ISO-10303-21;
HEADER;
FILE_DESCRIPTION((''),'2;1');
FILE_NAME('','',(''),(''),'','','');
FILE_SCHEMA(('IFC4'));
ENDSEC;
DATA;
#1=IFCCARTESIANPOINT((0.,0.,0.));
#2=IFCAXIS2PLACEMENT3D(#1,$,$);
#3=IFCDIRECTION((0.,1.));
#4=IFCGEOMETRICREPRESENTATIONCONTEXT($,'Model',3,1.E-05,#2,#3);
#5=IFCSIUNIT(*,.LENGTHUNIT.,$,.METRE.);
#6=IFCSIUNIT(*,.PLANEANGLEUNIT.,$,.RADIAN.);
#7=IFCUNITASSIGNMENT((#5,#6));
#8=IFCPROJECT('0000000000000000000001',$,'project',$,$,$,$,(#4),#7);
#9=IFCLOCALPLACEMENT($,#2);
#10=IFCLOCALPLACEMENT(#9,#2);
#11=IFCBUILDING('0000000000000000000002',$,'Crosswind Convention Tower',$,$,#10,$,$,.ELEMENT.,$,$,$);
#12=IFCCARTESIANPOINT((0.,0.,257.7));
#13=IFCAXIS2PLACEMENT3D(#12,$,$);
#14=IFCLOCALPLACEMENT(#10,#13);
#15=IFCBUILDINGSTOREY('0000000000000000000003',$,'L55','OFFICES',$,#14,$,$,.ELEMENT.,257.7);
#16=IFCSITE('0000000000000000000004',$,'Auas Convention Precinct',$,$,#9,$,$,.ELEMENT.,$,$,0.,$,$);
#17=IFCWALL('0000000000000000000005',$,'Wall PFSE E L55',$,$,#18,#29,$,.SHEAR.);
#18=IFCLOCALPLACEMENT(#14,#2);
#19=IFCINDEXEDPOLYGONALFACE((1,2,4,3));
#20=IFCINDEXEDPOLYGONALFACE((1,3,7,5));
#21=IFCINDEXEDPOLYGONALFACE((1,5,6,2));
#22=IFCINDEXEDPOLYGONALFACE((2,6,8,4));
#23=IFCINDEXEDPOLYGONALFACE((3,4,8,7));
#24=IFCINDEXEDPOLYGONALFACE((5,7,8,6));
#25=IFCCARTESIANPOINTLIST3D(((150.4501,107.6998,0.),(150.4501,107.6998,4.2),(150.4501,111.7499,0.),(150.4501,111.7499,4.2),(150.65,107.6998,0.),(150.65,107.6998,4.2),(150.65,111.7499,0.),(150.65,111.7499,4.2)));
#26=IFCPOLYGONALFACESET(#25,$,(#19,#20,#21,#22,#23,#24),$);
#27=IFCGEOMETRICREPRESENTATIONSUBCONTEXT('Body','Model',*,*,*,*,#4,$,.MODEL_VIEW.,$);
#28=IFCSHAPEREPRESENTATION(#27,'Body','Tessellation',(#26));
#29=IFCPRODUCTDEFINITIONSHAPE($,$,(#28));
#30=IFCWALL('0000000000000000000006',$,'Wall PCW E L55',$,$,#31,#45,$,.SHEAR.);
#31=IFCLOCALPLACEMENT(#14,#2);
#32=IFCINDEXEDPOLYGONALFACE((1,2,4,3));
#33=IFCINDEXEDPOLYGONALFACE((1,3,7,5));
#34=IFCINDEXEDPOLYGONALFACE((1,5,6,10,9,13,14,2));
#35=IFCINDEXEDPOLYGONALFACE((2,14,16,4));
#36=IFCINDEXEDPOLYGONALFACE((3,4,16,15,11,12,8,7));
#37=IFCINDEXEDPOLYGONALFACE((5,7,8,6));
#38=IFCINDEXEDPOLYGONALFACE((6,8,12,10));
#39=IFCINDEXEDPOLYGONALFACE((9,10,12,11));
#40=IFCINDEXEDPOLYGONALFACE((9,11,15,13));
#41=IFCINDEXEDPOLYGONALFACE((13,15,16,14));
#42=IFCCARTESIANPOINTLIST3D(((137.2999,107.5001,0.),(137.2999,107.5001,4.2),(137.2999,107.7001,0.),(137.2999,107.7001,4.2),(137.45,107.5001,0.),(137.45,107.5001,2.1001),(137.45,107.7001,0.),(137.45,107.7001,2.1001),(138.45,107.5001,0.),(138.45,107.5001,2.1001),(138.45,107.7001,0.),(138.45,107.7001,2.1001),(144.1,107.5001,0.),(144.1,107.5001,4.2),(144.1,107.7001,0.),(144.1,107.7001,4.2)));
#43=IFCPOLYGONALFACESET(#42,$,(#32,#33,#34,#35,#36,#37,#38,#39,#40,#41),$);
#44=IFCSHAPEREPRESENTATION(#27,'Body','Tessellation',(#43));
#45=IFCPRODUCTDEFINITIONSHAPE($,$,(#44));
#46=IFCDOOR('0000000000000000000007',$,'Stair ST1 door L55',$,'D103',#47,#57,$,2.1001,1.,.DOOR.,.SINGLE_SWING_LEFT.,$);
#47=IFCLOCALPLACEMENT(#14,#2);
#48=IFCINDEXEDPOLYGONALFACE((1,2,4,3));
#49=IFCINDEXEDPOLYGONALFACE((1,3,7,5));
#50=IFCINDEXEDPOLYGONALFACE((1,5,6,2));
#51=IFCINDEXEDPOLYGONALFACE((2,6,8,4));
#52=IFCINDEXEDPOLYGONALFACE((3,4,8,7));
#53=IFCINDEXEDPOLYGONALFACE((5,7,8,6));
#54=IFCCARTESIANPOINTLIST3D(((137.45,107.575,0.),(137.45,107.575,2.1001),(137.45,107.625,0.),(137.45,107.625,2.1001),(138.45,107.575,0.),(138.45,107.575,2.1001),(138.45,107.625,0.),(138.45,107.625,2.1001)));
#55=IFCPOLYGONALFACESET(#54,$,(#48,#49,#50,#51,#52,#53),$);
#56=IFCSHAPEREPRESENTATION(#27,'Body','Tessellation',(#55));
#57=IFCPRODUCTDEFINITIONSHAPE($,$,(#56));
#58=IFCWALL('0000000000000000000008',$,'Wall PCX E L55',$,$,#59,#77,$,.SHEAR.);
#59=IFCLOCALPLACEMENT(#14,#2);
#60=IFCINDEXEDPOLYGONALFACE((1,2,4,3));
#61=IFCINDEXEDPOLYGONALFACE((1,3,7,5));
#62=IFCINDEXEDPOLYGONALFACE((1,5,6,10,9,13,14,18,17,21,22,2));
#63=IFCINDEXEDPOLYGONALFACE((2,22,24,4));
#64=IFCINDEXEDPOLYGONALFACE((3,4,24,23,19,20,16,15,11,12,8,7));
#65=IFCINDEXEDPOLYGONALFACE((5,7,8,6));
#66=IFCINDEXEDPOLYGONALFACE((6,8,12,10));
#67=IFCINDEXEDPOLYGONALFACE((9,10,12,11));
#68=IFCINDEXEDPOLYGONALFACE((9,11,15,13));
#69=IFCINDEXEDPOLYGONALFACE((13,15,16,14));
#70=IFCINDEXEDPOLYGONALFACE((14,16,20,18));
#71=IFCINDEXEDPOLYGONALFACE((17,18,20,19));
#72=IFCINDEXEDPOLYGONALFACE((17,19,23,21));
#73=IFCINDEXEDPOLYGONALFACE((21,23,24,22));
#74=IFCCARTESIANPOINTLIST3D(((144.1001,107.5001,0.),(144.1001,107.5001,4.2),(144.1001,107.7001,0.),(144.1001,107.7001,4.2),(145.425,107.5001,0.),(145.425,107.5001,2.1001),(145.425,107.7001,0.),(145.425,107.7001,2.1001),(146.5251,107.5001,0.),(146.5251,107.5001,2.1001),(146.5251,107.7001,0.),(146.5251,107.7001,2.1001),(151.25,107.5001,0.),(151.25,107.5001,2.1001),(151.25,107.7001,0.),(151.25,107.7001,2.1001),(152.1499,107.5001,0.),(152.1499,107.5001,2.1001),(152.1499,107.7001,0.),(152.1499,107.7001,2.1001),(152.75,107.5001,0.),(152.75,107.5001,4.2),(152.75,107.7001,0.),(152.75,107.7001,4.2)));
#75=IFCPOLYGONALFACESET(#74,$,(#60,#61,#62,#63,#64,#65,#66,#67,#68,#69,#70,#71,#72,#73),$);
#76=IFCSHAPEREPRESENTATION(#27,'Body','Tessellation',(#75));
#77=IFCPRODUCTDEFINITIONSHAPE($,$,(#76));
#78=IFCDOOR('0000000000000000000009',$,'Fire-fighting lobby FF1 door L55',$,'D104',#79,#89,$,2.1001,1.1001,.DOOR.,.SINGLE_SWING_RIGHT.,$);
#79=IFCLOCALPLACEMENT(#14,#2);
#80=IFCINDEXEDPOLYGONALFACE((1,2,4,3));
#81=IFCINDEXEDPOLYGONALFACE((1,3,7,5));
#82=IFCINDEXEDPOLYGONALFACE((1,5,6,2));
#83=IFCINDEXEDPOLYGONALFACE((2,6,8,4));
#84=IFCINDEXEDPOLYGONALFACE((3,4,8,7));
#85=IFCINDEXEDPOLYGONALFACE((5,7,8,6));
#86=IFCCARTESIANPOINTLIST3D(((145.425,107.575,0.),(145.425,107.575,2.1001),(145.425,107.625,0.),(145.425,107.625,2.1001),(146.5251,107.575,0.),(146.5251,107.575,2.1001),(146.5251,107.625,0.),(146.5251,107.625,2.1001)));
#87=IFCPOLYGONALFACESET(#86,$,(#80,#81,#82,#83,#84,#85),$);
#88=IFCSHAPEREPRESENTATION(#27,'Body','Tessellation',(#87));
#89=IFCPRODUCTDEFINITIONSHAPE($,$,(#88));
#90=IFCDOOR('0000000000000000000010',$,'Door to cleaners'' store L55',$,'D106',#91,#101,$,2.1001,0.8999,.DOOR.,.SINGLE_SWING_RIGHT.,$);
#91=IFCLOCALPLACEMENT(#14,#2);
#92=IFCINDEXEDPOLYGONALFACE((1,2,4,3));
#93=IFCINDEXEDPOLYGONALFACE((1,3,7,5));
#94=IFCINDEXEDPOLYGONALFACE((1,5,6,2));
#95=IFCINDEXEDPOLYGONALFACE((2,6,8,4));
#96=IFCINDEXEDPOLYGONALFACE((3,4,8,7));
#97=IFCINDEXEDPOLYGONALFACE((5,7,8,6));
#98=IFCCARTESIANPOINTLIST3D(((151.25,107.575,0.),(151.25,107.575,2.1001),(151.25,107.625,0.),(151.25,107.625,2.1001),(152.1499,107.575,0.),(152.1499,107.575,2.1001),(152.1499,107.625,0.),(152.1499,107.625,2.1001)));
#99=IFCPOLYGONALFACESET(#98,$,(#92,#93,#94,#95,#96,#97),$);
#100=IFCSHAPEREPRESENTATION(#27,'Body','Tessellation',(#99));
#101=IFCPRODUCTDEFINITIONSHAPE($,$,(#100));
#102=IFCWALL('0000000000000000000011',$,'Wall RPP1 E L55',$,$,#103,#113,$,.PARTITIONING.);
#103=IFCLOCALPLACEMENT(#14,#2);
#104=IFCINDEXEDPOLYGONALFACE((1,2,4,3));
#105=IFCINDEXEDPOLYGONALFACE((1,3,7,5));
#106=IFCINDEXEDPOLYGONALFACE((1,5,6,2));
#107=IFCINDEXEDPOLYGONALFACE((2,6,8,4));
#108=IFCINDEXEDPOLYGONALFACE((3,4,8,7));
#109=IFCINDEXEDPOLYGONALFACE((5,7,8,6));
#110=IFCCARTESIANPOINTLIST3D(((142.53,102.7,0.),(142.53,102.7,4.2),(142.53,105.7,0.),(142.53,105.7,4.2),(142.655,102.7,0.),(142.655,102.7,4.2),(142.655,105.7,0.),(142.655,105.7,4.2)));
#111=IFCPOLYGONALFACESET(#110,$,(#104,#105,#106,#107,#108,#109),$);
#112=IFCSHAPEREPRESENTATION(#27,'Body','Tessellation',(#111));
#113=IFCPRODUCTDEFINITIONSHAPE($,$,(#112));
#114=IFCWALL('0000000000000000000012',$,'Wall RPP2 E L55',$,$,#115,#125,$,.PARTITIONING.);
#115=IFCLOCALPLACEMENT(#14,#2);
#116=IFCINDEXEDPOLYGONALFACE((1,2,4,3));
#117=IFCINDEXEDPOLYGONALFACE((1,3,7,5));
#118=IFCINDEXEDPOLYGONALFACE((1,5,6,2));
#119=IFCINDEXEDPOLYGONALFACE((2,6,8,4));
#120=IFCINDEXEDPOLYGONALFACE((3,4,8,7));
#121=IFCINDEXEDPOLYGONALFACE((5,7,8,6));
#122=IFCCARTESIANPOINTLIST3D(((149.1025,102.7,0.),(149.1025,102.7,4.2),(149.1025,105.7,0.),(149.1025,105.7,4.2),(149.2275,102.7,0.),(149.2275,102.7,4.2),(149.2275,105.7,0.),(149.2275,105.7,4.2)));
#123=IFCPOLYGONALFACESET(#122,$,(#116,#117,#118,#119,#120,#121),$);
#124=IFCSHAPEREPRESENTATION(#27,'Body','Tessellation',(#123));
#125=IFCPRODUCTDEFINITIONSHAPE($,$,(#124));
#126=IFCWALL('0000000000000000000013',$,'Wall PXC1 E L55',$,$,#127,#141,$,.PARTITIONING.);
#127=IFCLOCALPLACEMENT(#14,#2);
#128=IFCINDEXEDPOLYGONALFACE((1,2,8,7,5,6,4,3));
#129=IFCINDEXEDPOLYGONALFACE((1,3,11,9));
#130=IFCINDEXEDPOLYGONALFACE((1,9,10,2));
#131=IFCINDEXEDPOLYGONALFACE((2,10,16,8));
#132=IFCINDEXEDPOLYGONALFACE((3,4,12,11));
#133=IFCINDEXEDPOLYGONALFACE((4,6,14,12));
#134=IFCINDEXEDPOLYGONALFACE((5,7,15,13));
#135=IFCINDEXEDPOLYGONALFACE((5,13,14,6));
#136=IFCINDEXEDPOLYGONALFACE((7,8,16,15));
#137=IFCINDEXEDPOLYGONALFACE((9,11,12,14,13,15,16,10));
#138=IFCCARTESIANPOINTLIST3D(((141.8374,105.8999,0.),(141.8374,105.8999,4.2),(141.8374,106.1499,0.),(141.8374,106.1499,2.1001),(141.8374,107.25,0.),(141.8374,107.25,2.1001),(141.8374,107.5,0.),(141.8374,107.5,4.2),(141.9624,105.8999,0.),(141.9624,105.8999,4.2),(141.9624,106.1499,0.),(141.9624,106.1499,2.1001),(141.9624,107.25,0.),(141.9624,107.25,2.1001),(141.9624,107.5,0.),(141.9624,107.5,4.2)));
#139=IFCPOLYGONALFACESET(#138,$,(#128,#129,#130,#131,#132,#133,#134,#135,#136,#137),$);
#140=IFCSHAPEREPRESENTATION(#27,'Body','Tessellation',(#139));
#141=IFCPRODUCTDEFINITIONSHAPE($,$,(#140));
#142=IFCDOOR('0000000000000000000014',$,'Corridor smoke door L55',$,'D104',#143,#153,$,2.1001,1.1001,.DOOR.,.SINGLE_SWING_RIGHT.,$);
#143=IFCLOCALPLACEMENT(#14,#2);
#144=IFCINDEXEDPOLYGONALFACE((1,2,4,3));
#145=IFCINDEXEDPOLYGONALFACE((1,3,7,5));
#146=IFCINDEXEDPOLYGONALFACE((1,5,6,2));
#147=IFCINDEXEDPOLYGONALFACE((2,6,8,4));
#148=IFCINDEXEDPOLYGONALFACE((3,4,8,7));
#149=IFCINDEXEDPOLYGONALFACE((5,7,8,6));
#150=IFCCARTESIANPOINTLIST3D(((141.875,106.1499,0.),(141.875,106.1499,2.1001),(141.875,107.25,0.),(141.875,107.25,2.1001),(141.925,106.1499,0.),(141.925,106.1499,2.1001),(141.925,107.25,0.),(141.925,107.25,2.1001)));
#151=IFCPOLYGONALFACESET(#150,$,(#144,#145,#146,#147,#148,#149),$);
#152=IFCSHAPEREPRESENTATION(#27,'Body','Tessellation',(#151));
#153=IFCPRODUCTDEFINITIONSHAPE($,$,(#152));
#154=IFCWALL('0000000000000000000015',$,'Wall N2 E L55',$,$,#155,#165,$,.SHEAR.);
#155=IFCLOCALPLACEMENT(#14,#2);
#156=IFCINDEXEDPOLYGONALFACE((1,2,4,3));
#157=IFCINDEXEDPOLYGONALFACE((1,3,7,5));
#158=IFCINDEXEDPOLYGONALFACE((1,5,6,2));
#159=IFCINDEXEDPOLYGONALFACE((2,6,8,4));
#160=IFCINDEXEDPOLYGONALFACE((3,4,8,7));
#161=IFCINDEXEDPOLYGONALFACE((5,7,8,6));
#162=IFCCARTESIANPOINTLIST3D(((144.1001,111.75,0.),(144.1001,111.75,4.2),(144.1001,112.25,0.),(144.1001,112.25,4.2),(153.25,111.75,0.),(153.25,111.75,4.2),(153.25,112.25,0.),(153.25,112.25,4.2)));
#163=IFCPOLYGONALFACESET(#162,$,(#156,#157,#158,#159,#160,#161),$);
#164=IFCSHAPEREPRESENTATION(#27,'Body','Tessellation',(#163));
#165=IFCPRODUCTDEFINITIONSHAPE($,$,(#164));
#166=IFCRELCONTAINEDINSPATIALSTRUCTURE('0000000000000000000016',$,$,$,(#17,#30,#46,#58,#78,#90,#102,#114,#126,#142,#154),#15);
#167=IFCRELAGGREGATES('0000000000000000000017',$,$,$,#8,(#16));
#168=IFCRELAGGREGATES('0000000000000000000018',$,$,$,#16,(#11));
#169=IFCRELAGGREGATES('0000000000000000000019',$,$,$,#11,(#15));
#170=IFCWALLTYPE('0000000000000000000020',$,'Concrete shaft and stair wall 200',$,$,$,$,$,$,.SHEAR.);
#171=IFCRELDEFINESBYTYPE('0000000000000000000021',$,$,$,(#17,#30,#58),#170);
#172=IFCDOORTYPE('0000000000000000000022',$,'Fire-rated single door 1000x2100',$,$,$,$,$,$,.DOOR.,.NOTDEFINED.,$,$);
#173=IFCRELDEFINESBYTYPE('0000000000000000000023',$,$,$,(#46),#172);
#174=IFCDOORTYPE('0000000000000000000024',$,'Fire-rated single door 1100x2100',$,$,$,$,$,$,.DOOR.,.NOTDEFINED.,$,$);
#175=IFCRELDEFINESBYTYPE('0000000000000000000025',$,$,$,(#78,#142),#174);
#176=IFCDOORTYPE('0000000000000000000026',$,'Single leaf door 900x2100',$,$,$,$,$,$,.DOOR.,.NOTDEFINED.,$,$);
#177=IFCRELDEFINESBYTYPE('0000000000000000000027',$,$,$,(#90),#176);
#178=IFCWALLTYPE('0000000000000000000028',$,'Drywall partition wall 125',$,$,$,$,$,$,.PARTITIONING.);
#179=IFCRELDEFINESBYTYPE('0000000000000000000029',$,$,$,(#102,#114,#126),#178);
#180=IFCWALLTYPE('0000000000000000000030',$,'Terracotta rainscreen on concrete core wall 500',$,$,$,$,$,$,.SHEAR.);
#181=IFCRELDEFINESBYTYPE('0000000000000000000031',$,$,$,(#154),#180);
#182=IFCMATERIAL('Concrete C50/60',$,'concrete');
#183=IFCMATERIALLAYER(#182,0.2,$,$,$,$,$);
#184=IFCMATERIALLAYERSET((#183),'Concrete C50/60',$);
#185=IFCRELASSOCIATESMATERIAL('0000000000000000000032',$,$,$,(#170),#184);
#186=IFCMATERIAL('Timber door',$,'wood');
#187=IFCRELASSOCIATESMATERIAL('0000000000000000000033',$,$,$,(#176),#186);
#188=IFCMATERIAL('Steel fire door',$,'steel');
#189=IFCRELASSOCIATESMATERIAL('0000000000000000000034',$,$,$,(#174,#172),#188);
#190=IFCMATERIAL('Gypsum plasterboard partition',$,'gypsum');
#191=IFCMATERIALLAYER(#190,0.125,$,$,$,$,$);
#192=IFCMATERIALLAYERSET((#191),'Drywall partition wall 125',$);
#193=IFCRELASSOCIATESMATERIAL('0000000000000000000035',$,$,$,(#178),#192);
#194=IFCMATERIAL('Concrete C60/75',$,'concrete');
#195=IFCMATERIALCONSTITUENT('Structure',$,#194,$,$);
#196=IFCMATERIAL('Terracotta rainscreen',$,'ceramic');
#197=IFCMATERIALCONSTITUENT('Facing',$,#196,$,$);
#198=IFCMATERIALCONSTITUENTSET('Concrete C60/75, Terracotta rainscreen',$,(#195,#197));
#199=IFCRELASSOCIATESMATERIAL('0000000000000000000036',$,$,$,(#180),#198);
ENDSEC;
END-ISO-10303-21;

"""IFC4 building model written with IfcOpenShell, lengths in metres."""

from ifc_helpers import new_model, si_unit, direction, frame, frame_2d, origin, place, context, subcontext, project, spatial, rectangle, extrude, material, layer, layer_set, constituent, constituent_set, type_object, element, fill, save


model = new_model("IFC4")

# Units and contexts
model_context = context("Model", 3, precision=1e-05, world=origin(), true_north=direction((0.0, 1.0)))
body_context = subcontext(model_context, "Body", "Model", "MODEL_VIEW")
ifc_project = project(units=[si_unit("LENGTHUNIT", "METRE"), si_unit("PLANEANGLEUNIT", "RADIAN")], contexts=[model_context])

# Site, building, storey
site_placement = place(None, origin())
site = spatial("IfcSite", under=ifc_project, at=site_placement, Name="Auas Convention Precinct", CompositionType="ELEMENT", RefElevation=0.0)
building_placement = place(site_placement, origin())
building = spatial("IfcBuilding", under=site, at=building_placement, Name="Crosswind Convention Tower", CompositionType="ELEMENT")
storey_placement = place(building_placement, frame((0.0, 0.0, 257.7)))
storey = spatial("IfcBuildingStorey", under=building, at=storey_placement, Name="L55", Description="OFFICES", CompositionType="ELEMENT", Elevation=257.7)

# Shared definitions
ifc_material_1 = material(Name="Concrete C50/60", Category="concrete")
ifc_layer_1 = layer(ifc_material_1, 0.2)
ifc_layer_set_1 = layer_set([ifc_layer_1], Name="Concrete C50/60")
wall_type_1 = type_object("IfcWallType", Name="Concrete shaft and stair wall 200", PredefinedType="SHEAR", material=ifc_layer_set_1)

# Shared definitions
ifc_material_2 = material(Name="Timber door", Category="wood")
door_type_1 = type_object("IfcDoorType", Name="Single leaf door 900x2100", OperationType="NOTDEFINED", PredefinedType="DOOR", material=ifc_material_2)

# Shared definitions
ifc_material_3 = material(Name="Steel fire door", Category="steel")
door_type_2 = type_object("IfcDoorType", Name="Fire-rated single door 1100x2100", OperationType="NOTDEFINED", PredefinedType="DOOR", material=ifc_material_3)

# Wall
wall_1_placement = place(storey_placement, frame((150.55, 107.7, 0.0), z_axis=(0.0, 0.0, 1.0), x_axis=(0.0, 1.0, 0.0)))
element("IfcWall", 1, at=wall_1_placement, inside=storey, type_object=wall_type_1, Name="Wall PFSE E L55", PredefinedType="SHEAR", context=body_context, shape_type="SweptSolid", body=[
    extrude(rectangle(XDim=4.05, YDim=0.2, at=frame_2d((2.0249, 0.0))), origin(), (0.0, 0.0, 1.0), 4.2),
])

# Wall, opening, door
wall_2_placement = place(storey_placement, frame((137.3, 107.6001, 0.0), z_axis=(0.0, 0.0, 1.0), x_axis=(1.0, 0.0, 0.0)))
wall_2 = element("IfcWall", 2, at=wall_2_placement, inside=storey, type_object=wall_type_1, Name="Wall PCW E L55", PredefinedType="SHEAR", context=body_context, shape_type="SweptSolid", body=[
    extrude(rectangle(XDim=6.8, YDim=0.2, at=frame_2d((3.3999, 0.0))), origin(), (0.0, 0.0, 1.0), 4.2),
])
opening_1_placement = place(wall_2_placement, frame((0.1499, 0.0, 0.0)))
opening_1 = element("IfcOpeningElement", 3, at=opening_1_placement, cuts=wall_2, PredefinedType="OPENING", context=body_context, shape_type="SweptSolid", body=[
    extrude(rectangle(XDim=1.0, YDim=2.1001, at=frame_2d((0.5, 1.05))), frame((0.0, 0.1099, 0.0), z_axis=(0.0, -1.0, 0.0), x_axis=(1.0, 0.0, 0.0)), (0.0, 0.0, 1.0), 0.22),
])
door_type_3 = type_object("IfcDoorType", Name="Fire-rated single door 1000x2100", OperationType="NOTDEFINED", PredefinedType="DOOR", material=ifc_material_3)
door_1_placement = place(opening_1_placement, origin())
door_1 = element("IfcDoor", 4, at=door_1_placement, inside=storey, type_object=door_type_3, Name="Stair ST1 door L55", ObjectType="D103", OperationType="SINGLE_SWING_LEFT", OverallHeight=2.1001, OverallWidth=1.0, PredefinedType="DOOR", context=body_context, shape_type="SweptSolid", body=[
    extrude(rectangle(XDim=1.0, YDim=2.1001, at=frame_2d((0.5, 1.05))), frame((0.0, 0.0249, 0.0), z_axis=(0.0, -1.0, 0.0), x_axis=(1.0, 0.0, 0.0)), (0.0, 0.0, 1.0), 0.05),
])
fill(opening_1, door_1)

# Wall, openings, doors
wall_3_placement = place(storey_placement, frame((144.1001, 107.6001, 0.0), z_axis=(0.0, 0.0, 1.0), x_axis=(1.0, 0.0, 0.0)))
wall_3 = element("IfcWall", 5, at=wall_3_placement, inside=storey, type_object=wall_type_1, Name="Wall PCX E L55", PredefinedType="SHEAR", context=body_context, shape_type="SweptSolid", body=[
    extrude(rectangle(XDim=8.6499, YDim=0.2, at=frame_2d((4.325, 0.0))), origin(), (0.0, 0.0, 1.0), 4.2),
])
opening_2_placement = place(wall_3_placement, frame((1.325, 0.0, 0.0)))
opening_2 = element("IfcOpeningElement", 6, at=opening_2_placement, cuts=wall_3, PredefinedType="OPENING", context=body_context, shape_type="SweptSolid", body=[
    extrude(rectangle(XDim=1.1001, YDim=2.1001, at=frame_2d((0.55, 1.05))), frame((0.0, 0.1099, 0.0), z_axis=(0.0, -1.0, 0.0), x_axis=(1.0, 0.0, 0.0)), (0.0, 0.0, 1.0), 0.22),
])
opening_3_placement = place(wall_3_placement, frame((7.1499, 0.0, 0.0)))
opening_3 = element("IfcOpeningElement", 7, at=opening_3_placement, cuts=wall_3, PredefinedType="OPENING", context=body_context, shape_type="SweptSolid", body=[
    extrude(rectangle(XDim=0.8999, YDim=2.1001, at=frame_2d((0.45, 1.05))), frame((0.0, 0.1099, 0.0), z_axis=(0.0, -1.0, 0.0), x_axis=(1.0, 0.0, 0.0)), (0.0, 0.0, 1.0), 0.22),
])
door_2_placement = place(opening_2_placement, origin())
door_2 = element("IfcDoor", 8, at=door_2_placement, inside=storey, type_object=door_type_2, Name="Fire-fighting lobby FF1 door L55", ObjectType="D104", OperationType="SINGLE_SWING_RIGHT", OverallHeight=2.1001, OverallWidth=1.1001, PredefinedType="DOOR", context=body_context, shape_type="SweptSolid", body=[
    extrude(rectangle(XDim=1.1001, YDim=2.1001, at=frame_2d((0.55, 1.05))), frame((0.0, 0.0249, 0.0), z_axis=(0.0, -1.0, 0.0), x_axis=(1.0, 0.0, 0.0)), (0.0, 0.0, 1.0), 0.05),
])
fill(opening_2, door_2)
door_3_placement = place(opening_3_placement, origin())
door_3 = element("IfcDoor", 9, at=door_3_placement, inside=storey, type_object=door_type_1, Name="Door to cleaners' store L55", ObjectType="D106", OperationType="SINGLE_SWING_RIGHT", OverallHeight=2.1001, OverallWidth=0.8999, PredefinedType="DOOR", context=body_context, shape_type="SweptSolid", body=[
    extrude(rectangle(XDim=0.8999, YDim=2.1001, at=frame_2d((0.45, 1.05))), frame((0.0, 0.0249, 0.0), z_axis=(0.0, -1.0, 0.0), x_axis=(1.0, 0.0, 0.0)), (0.0, 0.0, 1.0), 0.05),
])
fill(opening_3, door_3)

# Walls
ifc_material_4 = material(Name="Gypsum plasterboard partition", Category="gypsum")
ifc_layer_2 = layer(ifc_material_4, 0.125)
ifc_layer_set_2 = layer_set([ifc_layer_2], Name="Drywall partition wall 125")
wall_type_2 = type_object("IfcWallType", Name="Drywall partition wall 125", PredefinedType="PARTITIONING", material=ifc_layer_set_2)
for number, where, z_axis, x_axis, name in (
    (10, (142.5925, 102.7, 0.0), (0.0, 0.0, 1.0), (0.0, 1.0, 0.0), "Wall RPP1 E L55"),
    (11, (149.165, 102.7, 0.0), (0.0, 0.0, 1.0), (0.0, 1.0, 0.0), "Wall RPP2 E L55"),
):
    element("IfcWall", number, at=place(storey_placement, frame(where, z_axis=z_axis, x_axis=x_axis)), inside=storey, type_object=wall_type_2, Name=name, PredefinedType="PARTITIONING", context=body_context, shape_type="SweptSolid", body=[
        extrude(rectangle(XDim=3.0, YDim=0.125, at=frame_2d((1.5, 0.0))), origin(), (0.0, 0.0, 1.0), 4.2),
    ])

# Wall, opening, door
wall_4_placement = place(storey_placement, frame((141.8999, 105.8999, 0.0), z_axis=(0.0, 0.0, 1.0), x_axis=(0.0, 1.0, 0.0)))
wall_4 = element("IfcWall", 12, at=wall_4_placement, inside=storey, type_object=wall_type_2, Name="Wall PXC1 E L55", PredefinedType="PARTITIONING", context=body_context, shape_type="SweptSolid", body=[
    extrude(rectangle(XDim=1.6001, YDim=0.125, at=frame_2d((0.8, 0.0))), origin(), (0.0, 0.0, 1.0), 4.2),
])
opening_4_placement = place(wall_4_placement, frame((0.25, 0.0, 0.0)))
opening_4 = element("IfcOpeningElement", 13, at=opening_4_placement, cuts=wall_4, PredefinedType="OPENING", context=body_context, shape_type="SweptSolid", body=[
    extrude(rectangle(XDim=1.1001, YDim=2.1001, at=frame_2d((0.55, 1.05))), frame((0.0, 0.0725, 0.0), z_axis=(0.0, -1.0, 0.0), x_axis=(1.0, 0.0, 0.0)), (0.0, 0.0, 1.0), 0.145),
])
door_4_placement = place(opening_4_placement, origin())
door_4 = element("IfcDoor", 14, at=door_4_placement, inside=storey, type_object=door_type_2, Name="Corridor smoke door L55", ObjectType="D104", OperationType="SINGLE_SWING_RIGHT", OverallHeight=2.1001, OverallWidth=1.1001, PredefinedType="DOOR", context=body_context, shape_type="SweptSolid", body=[
    extrude(rectangle(XDim=1.1001, YDim=2.1001, at=frame_2d((0.55, 1.05))), frame((0.0, 0.0249, 0.0), z_axis=(0.0, -1.0, 0.0), x_axis=(1.0, 0.0, 0.0)), (0.0, 0.0, 1.0), 0.05),
])
fill(opening_4, door_4)

# Wall
ifc_material_5 = material(Name="Concrete C60/75", Category="concrete")
ifc_constituent_1 = constituent(ifc_material_5, Name="Structure")
ifc_material_6 = material(Name="Terracotta rainscreen", Category="ceramic")
ifc_constituent_2 = constituent(ifc_material_6, Name="Facing")
ifc_constituent_set = constituent_set(constituents=[ifc_constituent_1, ifc_constituent_2], Name="Concrete C60/75, Terracotta rainscreen")
wall_type_3 = type_object("IfcWallType", Name="Terracotta rainscreen on concrete core wall 500", PredefinedType="SHEAR", material=ifc_constituent_set)
wall_5_placement = place(storey_placement, frame((144.1001, 112.0, 0.0), z_axis=(0.0, 0.0, 1.0), x_axis=(1.0, 0.0, 0.0)))
element("IfcWall", 15, at=wall_5_placement, inside=storey, type_object=wall_type_3, Name="Wall N2 E L55", PredefinedType="SHEAR", context=body_context, shape_type="SweptSolid", body=[
    extrude(rectangle(XDim=9.1499, YDim=0.5, at=frame_2d((4.575, 0.0))), origin(), (0.0, 0.0, 1.0), 4.2),
])

save(model, "model.ifc")
